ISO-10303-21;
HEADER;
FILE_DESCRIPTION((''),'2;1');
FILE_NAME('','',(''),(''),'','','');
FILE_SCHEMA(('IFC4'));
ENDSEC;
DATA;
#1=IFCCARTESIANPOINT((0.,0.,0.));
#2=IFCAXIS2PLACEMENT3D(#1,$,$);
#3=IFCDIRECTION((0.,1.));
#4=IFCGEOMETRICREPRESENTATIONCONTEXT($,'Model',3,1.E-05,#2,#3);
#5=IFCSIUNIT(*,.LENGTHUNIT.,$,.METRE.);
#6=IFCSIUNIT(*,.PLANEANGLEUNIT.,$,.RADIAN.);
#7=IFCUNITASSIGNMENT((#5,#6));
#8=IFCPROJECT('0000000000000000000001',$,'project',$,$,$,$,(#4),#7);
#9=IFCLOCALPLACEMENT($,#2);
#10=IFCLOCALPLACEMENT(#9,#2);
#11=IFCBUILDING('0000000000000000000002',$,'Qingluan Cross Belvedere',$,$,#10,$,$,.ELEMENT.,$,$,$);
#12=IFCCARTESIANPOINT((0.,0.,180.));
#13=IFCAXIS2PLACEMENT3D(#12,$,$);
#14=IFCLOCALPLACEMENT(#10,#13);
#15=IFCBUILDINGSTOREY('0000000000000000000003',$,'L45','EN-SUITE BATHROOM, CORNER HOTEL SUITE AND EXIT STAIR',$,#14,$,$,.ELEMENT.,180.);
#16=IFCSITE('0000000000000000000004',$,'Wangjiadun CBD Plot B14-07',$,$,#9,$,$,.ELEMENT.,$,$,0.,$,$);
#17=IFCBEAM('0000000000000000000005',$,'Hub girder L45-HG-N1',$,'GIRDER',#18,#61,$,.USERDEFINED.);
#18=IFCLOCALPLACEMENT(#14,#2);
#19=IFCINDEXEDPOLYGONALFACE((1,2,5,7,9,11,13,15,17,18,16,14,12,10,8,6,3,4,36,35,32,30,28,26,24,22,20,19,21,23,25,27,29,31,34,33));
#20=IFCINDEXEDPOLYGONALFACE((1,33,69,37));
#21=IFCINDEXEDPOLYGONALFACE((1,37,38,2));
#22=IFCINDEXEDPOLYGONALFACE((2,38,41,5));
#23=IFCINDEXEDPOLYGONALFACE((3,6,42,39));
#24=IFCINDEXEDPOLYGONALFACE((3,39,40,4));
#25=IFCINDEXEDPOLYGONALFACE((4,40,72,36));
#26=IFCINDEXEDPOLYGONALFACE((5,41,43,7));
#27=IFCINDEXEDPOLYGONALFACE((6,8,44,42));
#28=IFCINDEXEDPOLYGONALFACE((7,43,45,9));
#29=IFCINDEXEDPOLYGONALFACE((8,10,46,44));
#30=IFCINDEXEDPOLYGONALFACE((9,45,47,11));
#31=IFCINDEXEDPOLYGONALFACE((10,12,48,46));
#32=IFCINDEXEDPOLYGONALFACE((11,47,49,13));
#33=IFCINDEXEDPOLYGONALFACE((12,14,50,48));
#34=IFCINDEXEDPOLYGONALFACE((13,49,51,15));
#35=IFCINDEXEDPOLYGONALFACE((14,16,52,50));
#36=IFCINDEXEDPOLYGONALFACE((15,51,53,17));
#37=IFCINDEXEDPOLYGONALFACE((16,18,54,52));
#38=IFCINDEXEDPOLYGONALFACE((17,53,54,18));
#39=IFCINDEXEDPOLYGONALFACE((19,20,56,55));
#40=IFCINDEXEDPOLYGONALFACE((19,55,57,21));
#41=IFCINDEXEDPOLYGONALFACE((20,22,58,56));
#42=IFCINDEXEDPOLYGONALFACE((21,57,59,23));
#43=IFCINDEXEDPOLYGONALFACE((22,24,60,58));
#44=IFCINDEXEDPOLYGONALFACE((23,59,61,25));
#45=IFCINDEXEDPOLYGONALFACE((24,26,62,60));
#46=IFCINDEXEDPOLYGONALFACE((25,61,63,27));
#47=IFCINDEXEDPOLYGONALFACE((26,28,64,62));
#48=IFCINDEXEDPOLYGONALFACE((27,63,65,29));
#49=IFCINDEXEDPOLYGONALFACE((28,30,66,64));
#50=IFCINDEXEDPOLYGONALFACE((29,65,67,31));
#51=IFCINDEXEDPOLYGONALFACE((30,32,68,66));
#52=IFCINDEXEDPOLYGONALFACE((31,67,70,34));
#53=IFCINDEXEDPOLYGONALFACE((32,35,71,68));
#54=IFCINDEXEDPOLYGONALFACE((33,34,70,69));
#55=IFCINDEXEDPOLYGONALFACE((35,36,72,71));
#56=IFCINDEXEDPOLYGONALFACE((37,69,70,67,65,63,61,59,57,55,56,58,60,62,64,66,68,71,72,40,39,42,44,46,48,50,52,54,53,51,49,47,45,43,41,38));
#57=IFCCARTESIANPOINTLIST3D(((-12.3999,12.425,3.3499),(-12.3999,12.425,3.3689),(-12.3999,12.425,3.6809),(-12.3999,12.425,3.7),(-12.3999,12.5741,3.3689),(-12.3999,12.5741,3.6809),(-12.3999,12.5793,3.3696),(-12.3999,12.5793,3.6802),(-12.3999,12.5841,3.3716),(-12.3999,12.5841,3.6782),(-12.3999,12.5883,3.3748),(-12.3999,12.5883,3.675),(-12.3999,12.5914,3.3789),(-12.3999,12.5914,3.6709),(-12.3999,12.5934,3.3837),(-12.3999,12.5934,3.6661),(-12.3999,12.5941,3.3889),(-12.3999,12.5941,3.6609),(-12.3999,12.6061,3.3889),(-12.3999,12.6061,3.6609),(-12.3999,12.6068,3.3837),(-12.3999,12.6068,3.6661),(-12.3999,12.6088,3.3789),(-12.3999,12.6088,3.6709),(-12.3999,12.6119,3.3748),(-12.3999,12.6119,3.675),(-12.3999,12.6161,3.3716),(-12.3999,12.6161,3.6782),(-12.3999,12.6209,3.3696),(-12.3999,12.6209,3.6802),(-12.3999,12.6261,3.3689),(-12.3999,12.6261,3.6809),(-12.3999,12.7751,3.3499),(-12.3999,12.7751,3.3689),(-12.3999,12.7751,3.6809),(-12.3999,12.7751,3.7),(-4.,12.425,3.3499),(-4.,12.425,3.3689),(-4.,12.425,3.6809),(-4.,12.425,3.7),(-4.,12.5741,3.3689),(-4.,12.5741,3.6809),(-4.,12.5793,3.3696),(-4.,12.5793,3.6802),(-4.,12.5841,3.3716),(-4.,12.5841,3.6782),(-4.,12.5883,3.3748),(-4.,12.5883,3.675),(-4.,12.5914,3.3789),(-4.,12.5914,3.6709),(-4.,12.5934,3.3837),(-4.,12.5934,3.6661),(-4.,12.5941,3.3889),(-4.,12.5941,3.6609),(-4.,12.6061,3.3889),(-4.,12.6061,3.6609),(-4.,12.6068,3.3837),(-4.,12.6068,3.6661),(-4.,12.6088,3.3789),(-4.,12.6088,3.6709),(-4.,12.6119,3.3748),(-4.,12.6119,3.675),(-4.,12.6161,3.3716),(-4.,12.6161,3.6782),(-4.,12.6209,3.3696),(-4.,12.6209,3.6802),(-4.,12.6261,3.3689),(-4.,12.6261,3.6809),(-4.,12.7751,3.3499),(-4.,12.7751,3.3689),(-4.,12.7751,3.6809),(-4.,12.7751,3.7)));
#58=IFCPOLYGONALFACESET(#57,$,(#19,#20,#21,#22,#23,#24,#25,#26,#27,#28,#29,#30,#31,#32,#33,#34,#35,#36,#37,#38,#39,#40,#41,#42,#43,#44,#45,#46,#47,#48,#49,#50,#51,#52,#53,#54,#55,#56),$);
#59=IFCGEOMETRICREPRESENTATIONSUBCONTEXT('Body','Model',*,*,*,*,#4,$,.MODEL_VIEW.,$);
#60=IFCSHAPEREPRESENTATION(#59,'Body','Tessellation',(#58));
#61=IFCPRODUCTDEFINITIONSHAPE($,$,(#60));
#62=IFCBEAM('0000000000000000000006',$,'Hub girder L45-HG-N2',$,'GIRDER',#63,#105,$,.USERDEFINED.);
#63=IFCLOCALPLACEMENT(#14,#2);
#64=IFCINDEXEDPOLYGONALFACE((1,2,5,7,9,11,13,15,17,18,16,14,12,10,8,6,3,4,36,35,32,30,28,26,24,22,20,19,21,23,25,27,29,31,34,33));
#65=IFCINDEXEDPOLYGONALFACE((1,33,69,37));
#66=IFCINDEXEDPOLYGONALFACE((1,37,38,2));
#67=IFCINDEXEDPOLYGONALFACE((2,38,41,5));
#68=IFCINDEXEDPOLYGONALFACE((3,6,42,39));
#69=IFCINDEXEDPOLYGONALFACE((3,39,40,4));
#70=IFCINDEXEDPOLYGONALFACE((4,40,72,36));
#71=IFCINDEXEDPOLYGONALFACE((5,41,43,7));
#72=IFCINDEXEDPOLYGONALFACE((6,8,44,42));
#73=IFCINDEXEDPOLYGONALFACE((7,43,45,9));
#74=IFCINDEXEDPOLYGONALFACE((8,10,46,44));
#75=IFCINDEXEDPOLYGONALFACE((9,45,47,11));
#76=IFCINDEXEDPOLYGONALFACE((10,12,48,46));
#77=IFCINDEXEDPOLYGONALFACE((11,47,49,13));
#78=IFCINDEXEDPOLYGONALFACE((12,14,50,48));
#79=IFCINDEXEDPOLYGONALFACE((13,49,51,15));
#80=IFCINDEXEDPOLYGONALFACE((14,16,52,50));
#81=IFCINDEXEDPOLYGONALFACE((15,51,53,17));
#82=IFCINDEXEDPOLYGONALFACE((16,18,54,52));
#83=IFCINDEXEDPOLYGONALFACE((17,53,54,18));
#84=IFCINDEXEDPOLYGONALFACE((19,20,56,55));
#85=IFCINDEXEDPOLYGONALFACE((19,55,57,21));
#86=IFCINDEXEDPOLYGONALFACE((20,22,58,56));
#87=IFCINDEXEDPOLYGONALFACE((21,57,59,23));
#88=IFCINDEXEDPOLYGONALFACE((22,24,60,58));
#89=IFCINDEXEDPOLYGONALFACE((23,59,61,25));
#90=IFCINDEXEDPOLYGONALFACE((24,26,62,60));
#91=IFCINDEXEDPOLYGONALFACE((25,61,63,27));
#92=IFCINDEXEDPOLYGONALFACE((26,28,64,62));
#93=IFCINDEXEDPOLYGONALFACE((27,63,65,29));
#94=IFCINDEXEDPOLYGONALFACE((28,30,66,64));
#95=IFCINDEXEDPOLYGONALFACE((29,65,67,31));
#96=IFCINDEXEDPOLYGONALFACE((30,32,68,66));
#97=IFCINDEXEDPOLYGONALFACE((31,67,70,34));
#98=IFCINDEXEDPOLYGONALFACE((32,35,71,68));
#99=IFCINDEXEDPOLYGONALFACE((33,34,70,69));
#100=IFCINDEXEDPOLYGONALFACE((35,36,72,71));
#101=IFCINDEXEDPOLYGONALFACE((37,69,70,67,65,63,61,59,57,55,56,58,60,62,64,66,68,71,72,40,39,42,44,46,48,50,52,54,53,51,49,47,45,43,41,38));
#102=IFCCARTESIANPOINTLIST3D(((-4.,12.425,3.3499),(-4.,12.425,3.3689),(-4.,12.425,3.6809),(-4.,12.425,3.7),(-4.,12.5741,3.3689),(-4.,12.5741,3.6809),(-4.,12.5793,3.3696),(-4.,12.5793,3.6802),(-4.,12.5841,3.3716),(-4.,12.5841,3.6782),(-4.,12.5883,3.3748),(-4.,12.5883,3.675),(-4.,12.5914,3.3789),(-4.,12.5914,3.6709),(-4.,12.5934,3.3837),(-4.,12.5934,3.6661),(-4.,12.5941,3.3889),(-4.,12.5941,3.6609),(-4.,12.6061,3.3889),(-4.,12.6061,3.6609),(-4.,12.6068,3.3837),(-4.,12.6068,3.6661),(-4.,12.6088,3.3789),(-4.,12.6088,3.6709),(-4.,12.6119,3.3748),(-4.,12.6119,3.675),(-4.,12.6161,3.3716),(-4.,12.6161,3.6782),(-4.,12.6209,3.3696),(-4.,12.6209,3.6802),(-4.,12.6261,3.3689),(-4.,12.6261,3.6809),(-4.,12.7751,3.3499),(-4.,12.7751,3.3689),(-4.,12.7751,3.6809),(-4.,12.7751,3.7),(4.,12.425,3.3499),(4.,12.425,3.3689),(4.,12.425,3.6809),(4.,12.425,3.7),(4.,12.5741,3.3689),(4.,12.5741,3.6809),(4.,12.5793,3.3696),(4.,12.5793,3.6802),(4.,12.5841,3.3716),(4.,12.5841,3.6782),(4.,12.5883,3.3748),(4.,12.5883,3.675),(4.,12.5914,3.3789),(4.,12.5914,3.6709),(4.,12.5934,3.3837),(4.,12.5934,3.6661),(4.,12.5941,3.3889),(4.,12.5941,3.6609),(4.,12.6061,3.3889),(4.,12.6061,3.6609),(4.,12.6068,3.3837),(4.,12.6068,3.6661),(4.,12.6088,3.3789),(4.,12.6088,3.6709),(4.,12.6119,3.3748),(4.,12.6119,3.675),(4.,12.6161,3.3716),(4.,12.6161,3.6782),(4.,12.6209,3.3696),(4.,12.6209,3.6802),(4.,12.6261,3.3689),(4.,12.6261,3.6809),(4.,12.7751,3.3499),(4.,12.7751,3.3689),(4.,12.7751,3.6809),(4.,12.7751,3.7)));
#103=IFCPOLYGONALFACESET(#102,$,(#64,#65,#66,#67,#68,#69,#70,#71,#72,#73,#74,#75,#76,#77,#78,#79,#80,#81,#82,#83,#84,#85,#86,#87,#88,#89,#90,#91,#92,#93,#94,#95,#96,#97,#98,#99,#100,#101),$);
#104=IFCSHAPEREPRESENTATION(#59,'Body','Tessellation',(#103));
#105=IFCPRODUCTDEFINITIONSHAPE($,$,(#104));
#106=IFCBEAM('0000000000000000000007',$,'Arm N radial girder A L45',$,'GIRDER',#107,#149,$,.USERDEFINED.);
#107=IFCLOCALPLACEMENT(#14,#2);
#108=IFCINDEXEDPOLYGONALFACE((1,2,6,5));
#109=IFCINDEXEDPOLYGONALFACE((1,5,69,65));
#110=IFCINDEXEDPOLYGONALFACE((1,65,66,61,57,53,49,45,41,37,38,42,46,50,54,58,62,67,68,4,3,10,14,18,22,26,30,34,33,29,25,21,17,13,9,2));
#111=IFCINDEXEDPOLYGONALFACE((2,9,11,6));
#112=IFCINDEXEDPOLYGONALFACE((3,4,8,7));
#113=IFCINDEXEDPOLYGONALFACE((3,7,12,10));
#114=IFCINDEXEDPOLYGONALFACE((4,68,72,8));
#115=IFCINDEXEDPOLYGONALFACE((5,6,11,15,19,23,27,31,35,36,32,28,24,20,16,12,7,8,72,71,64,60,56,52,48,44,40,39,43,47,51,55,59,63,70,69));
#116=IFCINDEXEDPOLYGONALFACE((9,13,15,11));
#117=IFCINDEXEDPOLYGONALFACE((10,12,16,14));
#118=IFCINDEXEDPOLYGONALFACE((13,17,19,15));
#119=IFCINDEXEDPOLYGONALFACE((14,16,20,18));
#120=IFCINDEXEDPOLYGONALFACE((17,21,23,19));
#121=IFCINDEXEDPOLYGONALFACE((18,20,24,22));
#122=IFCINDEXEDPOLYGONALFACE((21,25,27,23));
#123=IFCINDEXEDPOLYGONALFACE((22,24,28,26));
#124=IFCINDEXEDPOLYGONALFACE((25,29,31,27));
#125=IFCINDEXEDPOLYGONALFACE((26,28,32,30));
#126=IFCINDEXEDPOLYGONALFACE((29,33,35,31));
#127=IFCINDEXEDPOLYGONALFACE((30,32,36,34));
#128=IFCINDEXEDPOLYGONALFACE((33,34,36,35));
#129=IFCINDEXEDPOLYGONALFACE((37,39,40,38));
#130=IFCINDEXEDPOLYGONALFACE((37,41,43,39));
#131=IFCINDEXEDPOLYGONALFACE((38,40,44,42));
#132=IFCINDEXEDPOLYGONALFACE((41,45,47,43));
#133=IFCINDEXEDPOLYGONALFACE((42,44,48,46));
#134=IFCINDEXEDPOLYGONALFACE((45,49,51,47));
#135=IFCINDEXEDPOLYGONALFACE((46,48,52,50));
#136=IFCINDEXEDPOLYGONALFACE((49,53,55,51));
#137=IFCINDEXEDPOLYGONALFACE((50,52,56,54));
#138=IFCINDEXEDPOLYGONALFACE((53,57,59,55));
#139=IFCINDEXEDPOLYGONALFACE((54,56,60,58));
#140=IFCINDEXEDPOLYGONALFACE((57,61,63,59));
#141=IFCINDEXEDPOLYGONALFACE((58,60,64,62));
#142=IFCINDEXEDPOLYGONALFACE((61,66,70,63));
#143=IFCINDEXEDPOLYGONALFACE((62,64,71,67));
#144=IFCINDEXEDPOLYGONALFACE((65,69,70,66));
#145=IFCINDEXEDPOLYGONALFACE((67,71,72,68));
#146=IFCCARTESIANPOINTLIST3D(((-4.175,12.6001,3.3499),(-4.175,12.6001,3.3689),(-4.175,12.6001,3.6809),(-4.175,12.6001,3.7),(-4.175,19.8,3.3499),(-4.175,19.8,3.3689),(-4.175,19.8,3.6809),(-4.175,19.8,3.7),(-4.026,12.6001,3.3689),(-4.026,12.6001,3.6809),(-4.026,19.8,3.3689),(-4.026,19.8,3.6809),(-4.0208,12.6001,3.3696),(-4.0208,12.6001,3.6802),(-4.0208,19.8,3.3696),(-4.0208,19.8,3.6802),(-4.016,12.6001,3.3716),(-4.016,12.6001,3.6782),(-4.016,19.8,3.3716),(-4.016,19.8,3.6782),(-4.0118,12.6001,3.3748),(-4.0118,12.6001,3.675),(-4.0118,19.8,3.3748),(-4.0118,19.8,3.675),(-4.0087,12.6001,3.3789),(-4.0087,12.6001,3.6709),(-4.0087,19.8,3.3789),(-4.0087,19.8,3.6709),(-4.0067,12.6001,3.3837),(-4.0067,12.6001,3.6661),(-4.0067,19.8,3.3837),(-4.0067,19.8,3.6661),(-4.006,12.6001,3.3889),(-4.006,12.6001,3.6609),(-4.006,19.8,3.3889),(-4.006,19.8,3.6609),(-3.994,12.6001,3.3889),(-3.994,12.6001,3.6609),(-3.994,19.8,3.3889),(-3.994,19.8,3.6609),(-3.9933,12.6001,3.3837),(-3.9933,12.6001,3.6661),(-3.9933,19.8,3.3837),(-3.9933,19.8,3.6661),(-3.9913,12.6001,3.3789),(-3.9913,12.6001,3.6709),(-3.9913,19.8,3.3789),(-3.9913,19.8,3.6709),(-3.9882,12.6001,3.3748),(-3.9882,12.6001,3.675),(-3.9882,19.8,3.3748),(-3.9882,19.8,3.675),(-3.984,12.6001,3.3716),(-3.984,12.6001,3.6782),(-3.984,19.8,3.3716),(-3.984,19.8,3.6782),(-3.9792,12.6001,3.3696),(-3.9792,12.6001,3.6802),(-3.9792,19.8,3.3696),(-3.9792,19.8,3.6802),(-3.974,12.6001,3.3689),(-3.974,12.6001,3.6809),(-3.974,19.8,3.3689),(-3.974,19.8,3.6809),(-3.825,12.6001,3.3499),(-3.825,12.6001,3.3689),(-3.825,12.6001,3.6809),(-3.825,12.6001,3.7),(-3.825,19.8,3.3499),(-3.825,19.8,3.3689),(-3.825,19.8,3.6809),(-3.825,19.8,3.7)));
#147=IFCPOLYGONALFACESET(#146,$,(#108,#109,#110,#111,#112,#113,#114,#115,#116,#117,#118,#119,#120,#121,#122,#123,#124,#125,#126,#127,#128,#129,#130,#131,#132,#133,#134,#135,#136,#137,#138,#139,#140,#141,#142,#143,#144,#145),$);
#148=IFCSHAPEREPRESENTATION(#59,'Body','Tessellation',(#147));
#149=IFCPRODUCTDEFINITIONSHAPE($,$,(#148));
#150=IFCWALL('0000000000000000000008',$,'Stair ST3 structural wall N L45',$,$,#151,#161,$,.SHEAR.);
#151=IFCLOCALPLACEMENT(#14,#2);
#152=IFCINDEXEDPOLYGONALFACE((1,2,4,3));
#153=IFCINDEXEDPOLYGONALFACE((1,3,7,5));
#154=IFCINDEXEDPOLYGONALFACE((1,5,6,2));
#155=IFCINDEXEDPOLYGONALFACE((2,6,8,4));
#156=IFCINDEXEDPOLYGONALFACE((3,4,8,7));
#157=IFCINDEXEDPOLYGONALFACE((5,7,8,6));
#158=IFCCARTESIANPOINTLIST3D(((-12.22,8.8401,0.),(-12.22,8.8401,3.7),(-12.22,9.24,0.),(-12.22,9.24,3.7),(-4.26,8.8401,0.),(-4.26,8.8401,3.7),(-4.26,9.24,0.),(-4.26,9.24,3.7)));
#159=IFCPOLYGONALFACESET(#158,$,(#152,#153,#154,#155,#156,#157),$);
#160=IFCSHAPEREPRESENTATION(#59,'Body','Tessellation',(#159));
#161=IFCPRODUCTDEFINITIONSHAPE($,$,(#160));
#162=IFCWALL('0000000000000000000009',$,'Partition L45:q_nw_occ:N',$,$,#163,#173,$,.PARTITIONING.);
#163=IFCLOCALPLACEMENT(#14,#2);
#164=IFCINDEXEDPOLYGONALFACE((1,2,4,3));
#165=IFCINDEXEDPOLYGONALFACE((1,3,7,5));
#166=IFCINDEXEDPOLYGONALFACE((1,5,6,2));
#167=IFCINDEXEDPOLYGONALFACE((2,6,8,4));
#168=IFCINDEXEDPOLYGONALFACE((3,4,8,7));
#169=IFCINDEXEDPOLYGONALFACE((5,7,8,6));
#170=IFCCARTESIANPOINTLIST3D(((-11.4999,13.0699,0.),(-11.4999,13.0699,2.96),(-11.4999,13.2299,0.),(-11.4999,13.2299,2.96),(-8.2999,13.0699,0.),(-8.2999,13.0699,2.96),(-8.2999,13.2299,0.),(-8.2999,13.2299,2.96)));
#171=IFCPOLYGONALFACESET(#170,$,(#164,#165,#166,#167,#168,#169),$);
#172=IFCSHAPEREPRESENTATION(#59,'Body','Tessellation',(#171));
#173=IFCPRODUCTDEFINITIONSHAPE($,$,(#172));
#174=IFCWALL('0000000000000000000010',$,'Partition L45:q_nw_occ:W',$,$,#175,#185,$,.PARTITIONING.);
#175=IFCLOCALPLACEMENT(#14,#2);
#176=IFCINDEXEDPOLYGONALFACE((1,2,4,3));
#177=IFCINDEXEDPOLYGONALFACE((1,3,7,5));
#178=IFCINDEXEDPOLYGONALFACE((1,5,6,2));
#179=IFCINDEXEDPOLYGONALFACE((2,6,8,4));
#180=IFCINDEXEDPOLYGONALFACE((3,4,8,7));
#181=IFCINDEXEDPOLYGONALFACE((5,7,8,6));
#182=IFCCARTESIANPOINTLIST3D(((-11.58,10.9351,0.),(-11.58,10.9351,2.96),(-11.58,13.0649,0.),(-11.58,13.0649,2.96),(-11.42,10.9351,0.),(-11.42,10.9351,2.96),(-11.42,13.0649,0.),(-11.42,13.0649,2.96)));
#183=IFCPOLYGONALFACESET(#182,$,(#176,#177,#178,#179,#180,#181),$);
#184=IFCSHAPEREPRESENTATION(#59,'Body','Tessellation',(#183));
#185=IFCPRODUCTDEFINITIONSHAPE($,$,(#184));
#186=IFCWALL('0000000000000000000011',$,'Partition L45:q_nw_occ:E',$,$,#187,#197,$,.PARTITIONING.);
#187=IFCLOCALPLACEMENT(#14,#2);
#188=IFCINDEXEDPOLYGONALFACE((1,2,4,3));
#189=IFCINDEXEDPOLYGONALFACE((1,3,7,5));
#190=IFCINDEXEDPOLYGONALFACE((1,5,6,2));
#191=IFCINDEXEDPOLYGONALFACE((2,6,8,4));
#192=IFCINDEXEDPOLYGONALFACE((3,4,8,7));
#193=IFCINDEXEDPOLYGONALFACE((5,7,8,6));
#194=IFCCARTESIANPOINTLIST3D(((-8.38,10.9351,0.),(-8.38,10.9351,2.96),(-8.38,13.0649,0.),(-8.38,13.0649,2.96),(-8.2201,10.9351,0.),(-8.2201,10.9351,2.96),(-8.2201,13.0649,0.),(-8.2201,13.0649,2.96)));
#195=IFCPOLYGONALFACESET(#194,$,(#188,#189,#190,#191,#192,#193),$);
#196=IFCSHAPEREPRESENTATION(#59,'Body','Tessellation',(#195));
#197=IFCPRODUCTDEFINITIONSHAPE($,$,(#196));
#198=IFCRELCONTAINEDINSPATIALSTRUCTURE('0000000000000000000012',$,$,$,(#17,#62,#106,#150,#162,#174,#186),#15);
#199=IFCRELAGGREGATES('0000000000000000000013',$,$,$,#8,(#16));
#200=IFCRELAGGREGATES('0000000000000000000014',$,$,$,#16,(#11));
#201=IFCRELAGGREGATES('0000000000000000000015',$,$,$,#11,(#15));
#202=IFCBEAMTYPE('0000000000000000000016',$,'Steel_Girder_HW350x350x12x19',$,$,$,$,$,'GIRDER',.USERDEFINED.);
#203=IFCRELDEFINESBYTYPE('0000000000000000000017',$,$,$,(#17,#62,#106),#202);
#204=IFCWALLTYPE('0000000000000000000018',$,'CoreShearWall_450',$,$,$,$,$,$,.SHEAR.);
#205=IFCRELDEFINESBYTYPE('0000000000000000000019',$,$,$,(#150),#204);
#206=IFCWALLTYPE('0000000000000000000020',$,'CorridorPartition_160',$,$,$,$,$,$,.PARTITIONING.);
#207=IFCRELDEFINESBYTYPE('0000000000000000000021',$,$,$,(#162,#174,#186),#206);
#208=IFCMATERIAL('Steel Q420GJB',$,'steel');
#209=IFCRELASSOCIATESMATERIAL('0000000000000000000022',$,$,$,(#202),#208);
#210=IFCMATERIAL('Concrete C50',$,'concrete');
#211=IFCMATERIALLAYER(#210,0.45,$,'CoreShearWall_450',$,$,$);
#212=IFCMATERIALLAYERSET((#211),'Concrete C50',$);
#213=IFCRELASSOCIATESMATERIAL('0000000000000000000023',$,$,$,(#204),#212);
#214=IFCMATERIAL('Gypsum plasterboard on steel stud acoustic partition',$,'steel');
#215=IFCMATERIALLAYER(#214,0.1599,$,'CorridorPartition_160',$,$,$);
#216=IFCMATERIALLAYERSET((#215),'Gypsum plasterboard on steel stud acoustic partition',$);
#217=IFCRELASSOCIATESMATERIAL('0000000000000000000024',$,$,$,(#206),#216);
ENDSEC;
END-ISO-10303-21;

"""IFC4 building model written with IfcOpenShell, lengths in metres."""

from ifc_helpers import new_model, si_unit, direction, frame, frame_2d, origin, origin_2d, place, context, subcontext, project, spatial, rectangle, i_section, extrude, material, layer, layer_set, material_profile, profile_set, type_object, element, save


model = new_model("IFC4")

# Units and contexts
model_context = context("Model", 3, precision=1e-05, world=origin(), true_north=direction((0.0, 1.0)))
body_context = subcontext(model_context, "Body", "Model", "MODEL_VIEW")
ifc_project = project(units=[si_unit("LENGTHUNIT", "METRE"), si_unit("PLANEANGLEUNIT", "RADIAN")], contexts=[model_context])

# Site, building, storey
site_placement = place(None, origin())
site = spatial("IfcSite", under=ifc_project, at=site_placement, Name="Wangjiadun CBD Plot B14-07", CompositionType="ELEMENT", RefElevation=0.0)
building_placement = place(site_placement, origin())
building = spatial("IfcBuilding", under=site, at=building_placement, Name="Qingluan Cross Belvedere", CompositionType="ELEMENT")
storey_placement = place(building_placement, frame((0.0, 0.0, 180.0)))
storey = spatial("IfcBuildingStorey", under=building, at=storey_placement, Name="L45", Description="EN-SUITE BATHROOM, CORNER HOTEL SUITE AND EXIT STAIR", CompositionType="ELEMENT", Elevation=180.0)

# Beams
ifc_material_1 = material(Name="Steel Q420GJB", Category="steel")
ifc_material_profile_1 = material_profile(ifc_material_1, i_section(OverallWidth=0.3501, OverallDepth=0.3501, WebThickness=0.012, FlangeThickness=0.019, FilletRadius=0.02, at=origin_2d()), Name="HW350x350x12x19")
ifc_profile_set_1 = profile_set([ifc_material_profile_1], Name="Steel Q420GJB")
beam_type_1 = type_object("IfcBeamType", Name="Steel_Girder_HW350x350x12x19", ElementType="GIRDER", PredefinedType="USERDEFINED", material=ifc_profile_set_1)
beam_1_placement = place(storey_placement, frame((-12.3999, 12.6001, 3.5249), z_axis=(1.0, 0.0, 0.0), x_axis=(0.0, 1.0, 0.0)))
element("IfcBeam", 1, at=beam_1_placement, inside=storey, type_object=beam_type_1, Name="Hub girder L45-HG-N1", ObjectType="GIRDER", PredefinedType="USERDEFINED", context=body_context, shape_type="SweptSolid", body=[
    extrude(i_section(OverallWidth=0.3501, OverallDepth=0.3501, WebThickness=0.012, FlangeThickness=0.019, FilletRadius=0.02, at=origin_2d()), origin(), (0.0, 0.0, 1.0), 8.3999),
])
beam_2_placement = place(storey_placement, frame((-4.0, 12.6001, 3.5249), z_axis=(1.0, 0.0, 0.0), x_axis=(0.0, 1.0, 0.0)))
element("IfcBeam", 2, at=beam_2_placement, inside=storey, type_object=beam_type_1, Name="Hub girder L45-HG-N2", ObjectType="GIRDER", PredefinedType="USERDEFINED", context=body_context, shape_type="SweptSolid", body=[
    extrude(i_section(OverallWidth=0.3501, OverallDepth=0.3501, WebThickness=0.012, FlangeThickness=0.019, FilletRadius=0.02, at=origin_2d()), origin(), (0.0, 0.0, 1.0), 8.0),
])
beam_3_placement = place(storey_placement, frame((-4.0, 12.6001, 3.5249), z_axis=(0.0, 1.0, 0.0), x_axis=(-1.0, 0.0, 0.0)))
element("IfcBeam", 3, at=beam_3_placement, inside=storey, type_object=beam_type_1, Name="Arm N radial girder A L45", ObjectType="GIRDER", PredefinedType="USERDEFINED", context=body_context, shape_type="SweptSolid", body=[
    extrude(i_section(OverallWidth=0.3501, OverallDepth=0.3501, WebThickness=0.012, FlangeThickness=0.019, FilletRadius=0.02, at=origin_2d()), origin(), (0.0, 0.0, 1.0), 7.2),
])

# Wall
ifc_material_2 = material(Name="Concrete C50", Category="concrete")
ifc_layer_1 = layer(ifc_material_2, 0.45, Name="CoreShearWall_450")
ifc_layer_set_1 = layer_set([ifc_layer_1], Name="Concrete C50")
wall_type_1 = type_object("IfcWallType", Name="CoreShearWall_450", PredefinedType="SHEAR", material=ifc_layer_set_1)
wall_1_placement = place(storey_placement, frame((-12.22, 9.04, 0.0), z_axis=(0.0, 0.0, 1.0), x_axis=(1.0, 0.0, 0.0)))
element("IfcWall", 4, at=wall_1_placement, inside=storey, type_object=wall_type_1, Name="Stair ST3 structural wall N L45", PredefinedType="SHEAR", context=body_context, shape_type="SweptSolid", body=[
    extrude(rectangle(XDim=7.96, YDim=0.3999, at=frame_2d((3.98, 0.0))), origin(), (0.0, 0.0, 1.0), 3.7),
])

# Shared definitions
ifc_material_3 = material(Name="Gypsum plasterboard on steel stud acoustic partition", Category="steel")
ifc_layer_2 = layer(ifc_material_3, 0.1599, Name="CorridorPartition_160")
ifc_layer_set_2 = layer_set([ifc_layer_2], Name="Gypsum plasterboard on steel stud acoustic partition")
wall_type_2 = type_object("IfcWallType", Name="CorridorPartition_160", PredefinedType="PARTITIONING", material=ifc_layer_set_2)

# Walls
wall_2_placement = place(storey_placement, frame((-11.5, 13.1499, 0.0), z_axis=(0.0, 0.0, 1.0), x_axis=(1.0, 0.0, 0.0)))
element("IfcWall", 5, at=wall_2_placement, inside=storey, type_object=wall_type_2, Name="Partition L45:q_nw_occ:N", PredefinedType="PARTITIONING", context=body_context, shape_type="SweptSolid", body=[
    extrude(rectangle(XDim=3.2, YDim=0.1599, at=frame_2d((1.6001, 0.0))), origin(), (0.0, 0.0, 1.0), 2.96),
])
for number, where, z_axis, x_axis, name in (
    (6, (-11.5, 10.9351, 0.0), (0.0, 0.0, 1.0), (0.0, 1.0, 0.0), "Partition L45:q_nw_occ:W"),
    (7, (-8.3, 10.9351, 0.0), (0.0, 0.0, 1.0), (0.0, 1.0, 0.0), "Partition L45:q_nw_occ:E"),
):
    element("IfcWall", number, at=place(storey_placement, frame(where, z_axis=z_axis, x_axis=x_axis)), inside=storey, type_object=wall_type_2, Name=name, PredefinedType="PARTITIONING", context=body_context, shape_type="SweptSolid", body=[
        extrude(rectangle(XDim=2.1299, YDim=0.1599, at=frame_2d((1.0649, 0.0))), origin(), (0.0, 0.0, 1.0), 2.96),
    ])

save(model, "model.ifc")
